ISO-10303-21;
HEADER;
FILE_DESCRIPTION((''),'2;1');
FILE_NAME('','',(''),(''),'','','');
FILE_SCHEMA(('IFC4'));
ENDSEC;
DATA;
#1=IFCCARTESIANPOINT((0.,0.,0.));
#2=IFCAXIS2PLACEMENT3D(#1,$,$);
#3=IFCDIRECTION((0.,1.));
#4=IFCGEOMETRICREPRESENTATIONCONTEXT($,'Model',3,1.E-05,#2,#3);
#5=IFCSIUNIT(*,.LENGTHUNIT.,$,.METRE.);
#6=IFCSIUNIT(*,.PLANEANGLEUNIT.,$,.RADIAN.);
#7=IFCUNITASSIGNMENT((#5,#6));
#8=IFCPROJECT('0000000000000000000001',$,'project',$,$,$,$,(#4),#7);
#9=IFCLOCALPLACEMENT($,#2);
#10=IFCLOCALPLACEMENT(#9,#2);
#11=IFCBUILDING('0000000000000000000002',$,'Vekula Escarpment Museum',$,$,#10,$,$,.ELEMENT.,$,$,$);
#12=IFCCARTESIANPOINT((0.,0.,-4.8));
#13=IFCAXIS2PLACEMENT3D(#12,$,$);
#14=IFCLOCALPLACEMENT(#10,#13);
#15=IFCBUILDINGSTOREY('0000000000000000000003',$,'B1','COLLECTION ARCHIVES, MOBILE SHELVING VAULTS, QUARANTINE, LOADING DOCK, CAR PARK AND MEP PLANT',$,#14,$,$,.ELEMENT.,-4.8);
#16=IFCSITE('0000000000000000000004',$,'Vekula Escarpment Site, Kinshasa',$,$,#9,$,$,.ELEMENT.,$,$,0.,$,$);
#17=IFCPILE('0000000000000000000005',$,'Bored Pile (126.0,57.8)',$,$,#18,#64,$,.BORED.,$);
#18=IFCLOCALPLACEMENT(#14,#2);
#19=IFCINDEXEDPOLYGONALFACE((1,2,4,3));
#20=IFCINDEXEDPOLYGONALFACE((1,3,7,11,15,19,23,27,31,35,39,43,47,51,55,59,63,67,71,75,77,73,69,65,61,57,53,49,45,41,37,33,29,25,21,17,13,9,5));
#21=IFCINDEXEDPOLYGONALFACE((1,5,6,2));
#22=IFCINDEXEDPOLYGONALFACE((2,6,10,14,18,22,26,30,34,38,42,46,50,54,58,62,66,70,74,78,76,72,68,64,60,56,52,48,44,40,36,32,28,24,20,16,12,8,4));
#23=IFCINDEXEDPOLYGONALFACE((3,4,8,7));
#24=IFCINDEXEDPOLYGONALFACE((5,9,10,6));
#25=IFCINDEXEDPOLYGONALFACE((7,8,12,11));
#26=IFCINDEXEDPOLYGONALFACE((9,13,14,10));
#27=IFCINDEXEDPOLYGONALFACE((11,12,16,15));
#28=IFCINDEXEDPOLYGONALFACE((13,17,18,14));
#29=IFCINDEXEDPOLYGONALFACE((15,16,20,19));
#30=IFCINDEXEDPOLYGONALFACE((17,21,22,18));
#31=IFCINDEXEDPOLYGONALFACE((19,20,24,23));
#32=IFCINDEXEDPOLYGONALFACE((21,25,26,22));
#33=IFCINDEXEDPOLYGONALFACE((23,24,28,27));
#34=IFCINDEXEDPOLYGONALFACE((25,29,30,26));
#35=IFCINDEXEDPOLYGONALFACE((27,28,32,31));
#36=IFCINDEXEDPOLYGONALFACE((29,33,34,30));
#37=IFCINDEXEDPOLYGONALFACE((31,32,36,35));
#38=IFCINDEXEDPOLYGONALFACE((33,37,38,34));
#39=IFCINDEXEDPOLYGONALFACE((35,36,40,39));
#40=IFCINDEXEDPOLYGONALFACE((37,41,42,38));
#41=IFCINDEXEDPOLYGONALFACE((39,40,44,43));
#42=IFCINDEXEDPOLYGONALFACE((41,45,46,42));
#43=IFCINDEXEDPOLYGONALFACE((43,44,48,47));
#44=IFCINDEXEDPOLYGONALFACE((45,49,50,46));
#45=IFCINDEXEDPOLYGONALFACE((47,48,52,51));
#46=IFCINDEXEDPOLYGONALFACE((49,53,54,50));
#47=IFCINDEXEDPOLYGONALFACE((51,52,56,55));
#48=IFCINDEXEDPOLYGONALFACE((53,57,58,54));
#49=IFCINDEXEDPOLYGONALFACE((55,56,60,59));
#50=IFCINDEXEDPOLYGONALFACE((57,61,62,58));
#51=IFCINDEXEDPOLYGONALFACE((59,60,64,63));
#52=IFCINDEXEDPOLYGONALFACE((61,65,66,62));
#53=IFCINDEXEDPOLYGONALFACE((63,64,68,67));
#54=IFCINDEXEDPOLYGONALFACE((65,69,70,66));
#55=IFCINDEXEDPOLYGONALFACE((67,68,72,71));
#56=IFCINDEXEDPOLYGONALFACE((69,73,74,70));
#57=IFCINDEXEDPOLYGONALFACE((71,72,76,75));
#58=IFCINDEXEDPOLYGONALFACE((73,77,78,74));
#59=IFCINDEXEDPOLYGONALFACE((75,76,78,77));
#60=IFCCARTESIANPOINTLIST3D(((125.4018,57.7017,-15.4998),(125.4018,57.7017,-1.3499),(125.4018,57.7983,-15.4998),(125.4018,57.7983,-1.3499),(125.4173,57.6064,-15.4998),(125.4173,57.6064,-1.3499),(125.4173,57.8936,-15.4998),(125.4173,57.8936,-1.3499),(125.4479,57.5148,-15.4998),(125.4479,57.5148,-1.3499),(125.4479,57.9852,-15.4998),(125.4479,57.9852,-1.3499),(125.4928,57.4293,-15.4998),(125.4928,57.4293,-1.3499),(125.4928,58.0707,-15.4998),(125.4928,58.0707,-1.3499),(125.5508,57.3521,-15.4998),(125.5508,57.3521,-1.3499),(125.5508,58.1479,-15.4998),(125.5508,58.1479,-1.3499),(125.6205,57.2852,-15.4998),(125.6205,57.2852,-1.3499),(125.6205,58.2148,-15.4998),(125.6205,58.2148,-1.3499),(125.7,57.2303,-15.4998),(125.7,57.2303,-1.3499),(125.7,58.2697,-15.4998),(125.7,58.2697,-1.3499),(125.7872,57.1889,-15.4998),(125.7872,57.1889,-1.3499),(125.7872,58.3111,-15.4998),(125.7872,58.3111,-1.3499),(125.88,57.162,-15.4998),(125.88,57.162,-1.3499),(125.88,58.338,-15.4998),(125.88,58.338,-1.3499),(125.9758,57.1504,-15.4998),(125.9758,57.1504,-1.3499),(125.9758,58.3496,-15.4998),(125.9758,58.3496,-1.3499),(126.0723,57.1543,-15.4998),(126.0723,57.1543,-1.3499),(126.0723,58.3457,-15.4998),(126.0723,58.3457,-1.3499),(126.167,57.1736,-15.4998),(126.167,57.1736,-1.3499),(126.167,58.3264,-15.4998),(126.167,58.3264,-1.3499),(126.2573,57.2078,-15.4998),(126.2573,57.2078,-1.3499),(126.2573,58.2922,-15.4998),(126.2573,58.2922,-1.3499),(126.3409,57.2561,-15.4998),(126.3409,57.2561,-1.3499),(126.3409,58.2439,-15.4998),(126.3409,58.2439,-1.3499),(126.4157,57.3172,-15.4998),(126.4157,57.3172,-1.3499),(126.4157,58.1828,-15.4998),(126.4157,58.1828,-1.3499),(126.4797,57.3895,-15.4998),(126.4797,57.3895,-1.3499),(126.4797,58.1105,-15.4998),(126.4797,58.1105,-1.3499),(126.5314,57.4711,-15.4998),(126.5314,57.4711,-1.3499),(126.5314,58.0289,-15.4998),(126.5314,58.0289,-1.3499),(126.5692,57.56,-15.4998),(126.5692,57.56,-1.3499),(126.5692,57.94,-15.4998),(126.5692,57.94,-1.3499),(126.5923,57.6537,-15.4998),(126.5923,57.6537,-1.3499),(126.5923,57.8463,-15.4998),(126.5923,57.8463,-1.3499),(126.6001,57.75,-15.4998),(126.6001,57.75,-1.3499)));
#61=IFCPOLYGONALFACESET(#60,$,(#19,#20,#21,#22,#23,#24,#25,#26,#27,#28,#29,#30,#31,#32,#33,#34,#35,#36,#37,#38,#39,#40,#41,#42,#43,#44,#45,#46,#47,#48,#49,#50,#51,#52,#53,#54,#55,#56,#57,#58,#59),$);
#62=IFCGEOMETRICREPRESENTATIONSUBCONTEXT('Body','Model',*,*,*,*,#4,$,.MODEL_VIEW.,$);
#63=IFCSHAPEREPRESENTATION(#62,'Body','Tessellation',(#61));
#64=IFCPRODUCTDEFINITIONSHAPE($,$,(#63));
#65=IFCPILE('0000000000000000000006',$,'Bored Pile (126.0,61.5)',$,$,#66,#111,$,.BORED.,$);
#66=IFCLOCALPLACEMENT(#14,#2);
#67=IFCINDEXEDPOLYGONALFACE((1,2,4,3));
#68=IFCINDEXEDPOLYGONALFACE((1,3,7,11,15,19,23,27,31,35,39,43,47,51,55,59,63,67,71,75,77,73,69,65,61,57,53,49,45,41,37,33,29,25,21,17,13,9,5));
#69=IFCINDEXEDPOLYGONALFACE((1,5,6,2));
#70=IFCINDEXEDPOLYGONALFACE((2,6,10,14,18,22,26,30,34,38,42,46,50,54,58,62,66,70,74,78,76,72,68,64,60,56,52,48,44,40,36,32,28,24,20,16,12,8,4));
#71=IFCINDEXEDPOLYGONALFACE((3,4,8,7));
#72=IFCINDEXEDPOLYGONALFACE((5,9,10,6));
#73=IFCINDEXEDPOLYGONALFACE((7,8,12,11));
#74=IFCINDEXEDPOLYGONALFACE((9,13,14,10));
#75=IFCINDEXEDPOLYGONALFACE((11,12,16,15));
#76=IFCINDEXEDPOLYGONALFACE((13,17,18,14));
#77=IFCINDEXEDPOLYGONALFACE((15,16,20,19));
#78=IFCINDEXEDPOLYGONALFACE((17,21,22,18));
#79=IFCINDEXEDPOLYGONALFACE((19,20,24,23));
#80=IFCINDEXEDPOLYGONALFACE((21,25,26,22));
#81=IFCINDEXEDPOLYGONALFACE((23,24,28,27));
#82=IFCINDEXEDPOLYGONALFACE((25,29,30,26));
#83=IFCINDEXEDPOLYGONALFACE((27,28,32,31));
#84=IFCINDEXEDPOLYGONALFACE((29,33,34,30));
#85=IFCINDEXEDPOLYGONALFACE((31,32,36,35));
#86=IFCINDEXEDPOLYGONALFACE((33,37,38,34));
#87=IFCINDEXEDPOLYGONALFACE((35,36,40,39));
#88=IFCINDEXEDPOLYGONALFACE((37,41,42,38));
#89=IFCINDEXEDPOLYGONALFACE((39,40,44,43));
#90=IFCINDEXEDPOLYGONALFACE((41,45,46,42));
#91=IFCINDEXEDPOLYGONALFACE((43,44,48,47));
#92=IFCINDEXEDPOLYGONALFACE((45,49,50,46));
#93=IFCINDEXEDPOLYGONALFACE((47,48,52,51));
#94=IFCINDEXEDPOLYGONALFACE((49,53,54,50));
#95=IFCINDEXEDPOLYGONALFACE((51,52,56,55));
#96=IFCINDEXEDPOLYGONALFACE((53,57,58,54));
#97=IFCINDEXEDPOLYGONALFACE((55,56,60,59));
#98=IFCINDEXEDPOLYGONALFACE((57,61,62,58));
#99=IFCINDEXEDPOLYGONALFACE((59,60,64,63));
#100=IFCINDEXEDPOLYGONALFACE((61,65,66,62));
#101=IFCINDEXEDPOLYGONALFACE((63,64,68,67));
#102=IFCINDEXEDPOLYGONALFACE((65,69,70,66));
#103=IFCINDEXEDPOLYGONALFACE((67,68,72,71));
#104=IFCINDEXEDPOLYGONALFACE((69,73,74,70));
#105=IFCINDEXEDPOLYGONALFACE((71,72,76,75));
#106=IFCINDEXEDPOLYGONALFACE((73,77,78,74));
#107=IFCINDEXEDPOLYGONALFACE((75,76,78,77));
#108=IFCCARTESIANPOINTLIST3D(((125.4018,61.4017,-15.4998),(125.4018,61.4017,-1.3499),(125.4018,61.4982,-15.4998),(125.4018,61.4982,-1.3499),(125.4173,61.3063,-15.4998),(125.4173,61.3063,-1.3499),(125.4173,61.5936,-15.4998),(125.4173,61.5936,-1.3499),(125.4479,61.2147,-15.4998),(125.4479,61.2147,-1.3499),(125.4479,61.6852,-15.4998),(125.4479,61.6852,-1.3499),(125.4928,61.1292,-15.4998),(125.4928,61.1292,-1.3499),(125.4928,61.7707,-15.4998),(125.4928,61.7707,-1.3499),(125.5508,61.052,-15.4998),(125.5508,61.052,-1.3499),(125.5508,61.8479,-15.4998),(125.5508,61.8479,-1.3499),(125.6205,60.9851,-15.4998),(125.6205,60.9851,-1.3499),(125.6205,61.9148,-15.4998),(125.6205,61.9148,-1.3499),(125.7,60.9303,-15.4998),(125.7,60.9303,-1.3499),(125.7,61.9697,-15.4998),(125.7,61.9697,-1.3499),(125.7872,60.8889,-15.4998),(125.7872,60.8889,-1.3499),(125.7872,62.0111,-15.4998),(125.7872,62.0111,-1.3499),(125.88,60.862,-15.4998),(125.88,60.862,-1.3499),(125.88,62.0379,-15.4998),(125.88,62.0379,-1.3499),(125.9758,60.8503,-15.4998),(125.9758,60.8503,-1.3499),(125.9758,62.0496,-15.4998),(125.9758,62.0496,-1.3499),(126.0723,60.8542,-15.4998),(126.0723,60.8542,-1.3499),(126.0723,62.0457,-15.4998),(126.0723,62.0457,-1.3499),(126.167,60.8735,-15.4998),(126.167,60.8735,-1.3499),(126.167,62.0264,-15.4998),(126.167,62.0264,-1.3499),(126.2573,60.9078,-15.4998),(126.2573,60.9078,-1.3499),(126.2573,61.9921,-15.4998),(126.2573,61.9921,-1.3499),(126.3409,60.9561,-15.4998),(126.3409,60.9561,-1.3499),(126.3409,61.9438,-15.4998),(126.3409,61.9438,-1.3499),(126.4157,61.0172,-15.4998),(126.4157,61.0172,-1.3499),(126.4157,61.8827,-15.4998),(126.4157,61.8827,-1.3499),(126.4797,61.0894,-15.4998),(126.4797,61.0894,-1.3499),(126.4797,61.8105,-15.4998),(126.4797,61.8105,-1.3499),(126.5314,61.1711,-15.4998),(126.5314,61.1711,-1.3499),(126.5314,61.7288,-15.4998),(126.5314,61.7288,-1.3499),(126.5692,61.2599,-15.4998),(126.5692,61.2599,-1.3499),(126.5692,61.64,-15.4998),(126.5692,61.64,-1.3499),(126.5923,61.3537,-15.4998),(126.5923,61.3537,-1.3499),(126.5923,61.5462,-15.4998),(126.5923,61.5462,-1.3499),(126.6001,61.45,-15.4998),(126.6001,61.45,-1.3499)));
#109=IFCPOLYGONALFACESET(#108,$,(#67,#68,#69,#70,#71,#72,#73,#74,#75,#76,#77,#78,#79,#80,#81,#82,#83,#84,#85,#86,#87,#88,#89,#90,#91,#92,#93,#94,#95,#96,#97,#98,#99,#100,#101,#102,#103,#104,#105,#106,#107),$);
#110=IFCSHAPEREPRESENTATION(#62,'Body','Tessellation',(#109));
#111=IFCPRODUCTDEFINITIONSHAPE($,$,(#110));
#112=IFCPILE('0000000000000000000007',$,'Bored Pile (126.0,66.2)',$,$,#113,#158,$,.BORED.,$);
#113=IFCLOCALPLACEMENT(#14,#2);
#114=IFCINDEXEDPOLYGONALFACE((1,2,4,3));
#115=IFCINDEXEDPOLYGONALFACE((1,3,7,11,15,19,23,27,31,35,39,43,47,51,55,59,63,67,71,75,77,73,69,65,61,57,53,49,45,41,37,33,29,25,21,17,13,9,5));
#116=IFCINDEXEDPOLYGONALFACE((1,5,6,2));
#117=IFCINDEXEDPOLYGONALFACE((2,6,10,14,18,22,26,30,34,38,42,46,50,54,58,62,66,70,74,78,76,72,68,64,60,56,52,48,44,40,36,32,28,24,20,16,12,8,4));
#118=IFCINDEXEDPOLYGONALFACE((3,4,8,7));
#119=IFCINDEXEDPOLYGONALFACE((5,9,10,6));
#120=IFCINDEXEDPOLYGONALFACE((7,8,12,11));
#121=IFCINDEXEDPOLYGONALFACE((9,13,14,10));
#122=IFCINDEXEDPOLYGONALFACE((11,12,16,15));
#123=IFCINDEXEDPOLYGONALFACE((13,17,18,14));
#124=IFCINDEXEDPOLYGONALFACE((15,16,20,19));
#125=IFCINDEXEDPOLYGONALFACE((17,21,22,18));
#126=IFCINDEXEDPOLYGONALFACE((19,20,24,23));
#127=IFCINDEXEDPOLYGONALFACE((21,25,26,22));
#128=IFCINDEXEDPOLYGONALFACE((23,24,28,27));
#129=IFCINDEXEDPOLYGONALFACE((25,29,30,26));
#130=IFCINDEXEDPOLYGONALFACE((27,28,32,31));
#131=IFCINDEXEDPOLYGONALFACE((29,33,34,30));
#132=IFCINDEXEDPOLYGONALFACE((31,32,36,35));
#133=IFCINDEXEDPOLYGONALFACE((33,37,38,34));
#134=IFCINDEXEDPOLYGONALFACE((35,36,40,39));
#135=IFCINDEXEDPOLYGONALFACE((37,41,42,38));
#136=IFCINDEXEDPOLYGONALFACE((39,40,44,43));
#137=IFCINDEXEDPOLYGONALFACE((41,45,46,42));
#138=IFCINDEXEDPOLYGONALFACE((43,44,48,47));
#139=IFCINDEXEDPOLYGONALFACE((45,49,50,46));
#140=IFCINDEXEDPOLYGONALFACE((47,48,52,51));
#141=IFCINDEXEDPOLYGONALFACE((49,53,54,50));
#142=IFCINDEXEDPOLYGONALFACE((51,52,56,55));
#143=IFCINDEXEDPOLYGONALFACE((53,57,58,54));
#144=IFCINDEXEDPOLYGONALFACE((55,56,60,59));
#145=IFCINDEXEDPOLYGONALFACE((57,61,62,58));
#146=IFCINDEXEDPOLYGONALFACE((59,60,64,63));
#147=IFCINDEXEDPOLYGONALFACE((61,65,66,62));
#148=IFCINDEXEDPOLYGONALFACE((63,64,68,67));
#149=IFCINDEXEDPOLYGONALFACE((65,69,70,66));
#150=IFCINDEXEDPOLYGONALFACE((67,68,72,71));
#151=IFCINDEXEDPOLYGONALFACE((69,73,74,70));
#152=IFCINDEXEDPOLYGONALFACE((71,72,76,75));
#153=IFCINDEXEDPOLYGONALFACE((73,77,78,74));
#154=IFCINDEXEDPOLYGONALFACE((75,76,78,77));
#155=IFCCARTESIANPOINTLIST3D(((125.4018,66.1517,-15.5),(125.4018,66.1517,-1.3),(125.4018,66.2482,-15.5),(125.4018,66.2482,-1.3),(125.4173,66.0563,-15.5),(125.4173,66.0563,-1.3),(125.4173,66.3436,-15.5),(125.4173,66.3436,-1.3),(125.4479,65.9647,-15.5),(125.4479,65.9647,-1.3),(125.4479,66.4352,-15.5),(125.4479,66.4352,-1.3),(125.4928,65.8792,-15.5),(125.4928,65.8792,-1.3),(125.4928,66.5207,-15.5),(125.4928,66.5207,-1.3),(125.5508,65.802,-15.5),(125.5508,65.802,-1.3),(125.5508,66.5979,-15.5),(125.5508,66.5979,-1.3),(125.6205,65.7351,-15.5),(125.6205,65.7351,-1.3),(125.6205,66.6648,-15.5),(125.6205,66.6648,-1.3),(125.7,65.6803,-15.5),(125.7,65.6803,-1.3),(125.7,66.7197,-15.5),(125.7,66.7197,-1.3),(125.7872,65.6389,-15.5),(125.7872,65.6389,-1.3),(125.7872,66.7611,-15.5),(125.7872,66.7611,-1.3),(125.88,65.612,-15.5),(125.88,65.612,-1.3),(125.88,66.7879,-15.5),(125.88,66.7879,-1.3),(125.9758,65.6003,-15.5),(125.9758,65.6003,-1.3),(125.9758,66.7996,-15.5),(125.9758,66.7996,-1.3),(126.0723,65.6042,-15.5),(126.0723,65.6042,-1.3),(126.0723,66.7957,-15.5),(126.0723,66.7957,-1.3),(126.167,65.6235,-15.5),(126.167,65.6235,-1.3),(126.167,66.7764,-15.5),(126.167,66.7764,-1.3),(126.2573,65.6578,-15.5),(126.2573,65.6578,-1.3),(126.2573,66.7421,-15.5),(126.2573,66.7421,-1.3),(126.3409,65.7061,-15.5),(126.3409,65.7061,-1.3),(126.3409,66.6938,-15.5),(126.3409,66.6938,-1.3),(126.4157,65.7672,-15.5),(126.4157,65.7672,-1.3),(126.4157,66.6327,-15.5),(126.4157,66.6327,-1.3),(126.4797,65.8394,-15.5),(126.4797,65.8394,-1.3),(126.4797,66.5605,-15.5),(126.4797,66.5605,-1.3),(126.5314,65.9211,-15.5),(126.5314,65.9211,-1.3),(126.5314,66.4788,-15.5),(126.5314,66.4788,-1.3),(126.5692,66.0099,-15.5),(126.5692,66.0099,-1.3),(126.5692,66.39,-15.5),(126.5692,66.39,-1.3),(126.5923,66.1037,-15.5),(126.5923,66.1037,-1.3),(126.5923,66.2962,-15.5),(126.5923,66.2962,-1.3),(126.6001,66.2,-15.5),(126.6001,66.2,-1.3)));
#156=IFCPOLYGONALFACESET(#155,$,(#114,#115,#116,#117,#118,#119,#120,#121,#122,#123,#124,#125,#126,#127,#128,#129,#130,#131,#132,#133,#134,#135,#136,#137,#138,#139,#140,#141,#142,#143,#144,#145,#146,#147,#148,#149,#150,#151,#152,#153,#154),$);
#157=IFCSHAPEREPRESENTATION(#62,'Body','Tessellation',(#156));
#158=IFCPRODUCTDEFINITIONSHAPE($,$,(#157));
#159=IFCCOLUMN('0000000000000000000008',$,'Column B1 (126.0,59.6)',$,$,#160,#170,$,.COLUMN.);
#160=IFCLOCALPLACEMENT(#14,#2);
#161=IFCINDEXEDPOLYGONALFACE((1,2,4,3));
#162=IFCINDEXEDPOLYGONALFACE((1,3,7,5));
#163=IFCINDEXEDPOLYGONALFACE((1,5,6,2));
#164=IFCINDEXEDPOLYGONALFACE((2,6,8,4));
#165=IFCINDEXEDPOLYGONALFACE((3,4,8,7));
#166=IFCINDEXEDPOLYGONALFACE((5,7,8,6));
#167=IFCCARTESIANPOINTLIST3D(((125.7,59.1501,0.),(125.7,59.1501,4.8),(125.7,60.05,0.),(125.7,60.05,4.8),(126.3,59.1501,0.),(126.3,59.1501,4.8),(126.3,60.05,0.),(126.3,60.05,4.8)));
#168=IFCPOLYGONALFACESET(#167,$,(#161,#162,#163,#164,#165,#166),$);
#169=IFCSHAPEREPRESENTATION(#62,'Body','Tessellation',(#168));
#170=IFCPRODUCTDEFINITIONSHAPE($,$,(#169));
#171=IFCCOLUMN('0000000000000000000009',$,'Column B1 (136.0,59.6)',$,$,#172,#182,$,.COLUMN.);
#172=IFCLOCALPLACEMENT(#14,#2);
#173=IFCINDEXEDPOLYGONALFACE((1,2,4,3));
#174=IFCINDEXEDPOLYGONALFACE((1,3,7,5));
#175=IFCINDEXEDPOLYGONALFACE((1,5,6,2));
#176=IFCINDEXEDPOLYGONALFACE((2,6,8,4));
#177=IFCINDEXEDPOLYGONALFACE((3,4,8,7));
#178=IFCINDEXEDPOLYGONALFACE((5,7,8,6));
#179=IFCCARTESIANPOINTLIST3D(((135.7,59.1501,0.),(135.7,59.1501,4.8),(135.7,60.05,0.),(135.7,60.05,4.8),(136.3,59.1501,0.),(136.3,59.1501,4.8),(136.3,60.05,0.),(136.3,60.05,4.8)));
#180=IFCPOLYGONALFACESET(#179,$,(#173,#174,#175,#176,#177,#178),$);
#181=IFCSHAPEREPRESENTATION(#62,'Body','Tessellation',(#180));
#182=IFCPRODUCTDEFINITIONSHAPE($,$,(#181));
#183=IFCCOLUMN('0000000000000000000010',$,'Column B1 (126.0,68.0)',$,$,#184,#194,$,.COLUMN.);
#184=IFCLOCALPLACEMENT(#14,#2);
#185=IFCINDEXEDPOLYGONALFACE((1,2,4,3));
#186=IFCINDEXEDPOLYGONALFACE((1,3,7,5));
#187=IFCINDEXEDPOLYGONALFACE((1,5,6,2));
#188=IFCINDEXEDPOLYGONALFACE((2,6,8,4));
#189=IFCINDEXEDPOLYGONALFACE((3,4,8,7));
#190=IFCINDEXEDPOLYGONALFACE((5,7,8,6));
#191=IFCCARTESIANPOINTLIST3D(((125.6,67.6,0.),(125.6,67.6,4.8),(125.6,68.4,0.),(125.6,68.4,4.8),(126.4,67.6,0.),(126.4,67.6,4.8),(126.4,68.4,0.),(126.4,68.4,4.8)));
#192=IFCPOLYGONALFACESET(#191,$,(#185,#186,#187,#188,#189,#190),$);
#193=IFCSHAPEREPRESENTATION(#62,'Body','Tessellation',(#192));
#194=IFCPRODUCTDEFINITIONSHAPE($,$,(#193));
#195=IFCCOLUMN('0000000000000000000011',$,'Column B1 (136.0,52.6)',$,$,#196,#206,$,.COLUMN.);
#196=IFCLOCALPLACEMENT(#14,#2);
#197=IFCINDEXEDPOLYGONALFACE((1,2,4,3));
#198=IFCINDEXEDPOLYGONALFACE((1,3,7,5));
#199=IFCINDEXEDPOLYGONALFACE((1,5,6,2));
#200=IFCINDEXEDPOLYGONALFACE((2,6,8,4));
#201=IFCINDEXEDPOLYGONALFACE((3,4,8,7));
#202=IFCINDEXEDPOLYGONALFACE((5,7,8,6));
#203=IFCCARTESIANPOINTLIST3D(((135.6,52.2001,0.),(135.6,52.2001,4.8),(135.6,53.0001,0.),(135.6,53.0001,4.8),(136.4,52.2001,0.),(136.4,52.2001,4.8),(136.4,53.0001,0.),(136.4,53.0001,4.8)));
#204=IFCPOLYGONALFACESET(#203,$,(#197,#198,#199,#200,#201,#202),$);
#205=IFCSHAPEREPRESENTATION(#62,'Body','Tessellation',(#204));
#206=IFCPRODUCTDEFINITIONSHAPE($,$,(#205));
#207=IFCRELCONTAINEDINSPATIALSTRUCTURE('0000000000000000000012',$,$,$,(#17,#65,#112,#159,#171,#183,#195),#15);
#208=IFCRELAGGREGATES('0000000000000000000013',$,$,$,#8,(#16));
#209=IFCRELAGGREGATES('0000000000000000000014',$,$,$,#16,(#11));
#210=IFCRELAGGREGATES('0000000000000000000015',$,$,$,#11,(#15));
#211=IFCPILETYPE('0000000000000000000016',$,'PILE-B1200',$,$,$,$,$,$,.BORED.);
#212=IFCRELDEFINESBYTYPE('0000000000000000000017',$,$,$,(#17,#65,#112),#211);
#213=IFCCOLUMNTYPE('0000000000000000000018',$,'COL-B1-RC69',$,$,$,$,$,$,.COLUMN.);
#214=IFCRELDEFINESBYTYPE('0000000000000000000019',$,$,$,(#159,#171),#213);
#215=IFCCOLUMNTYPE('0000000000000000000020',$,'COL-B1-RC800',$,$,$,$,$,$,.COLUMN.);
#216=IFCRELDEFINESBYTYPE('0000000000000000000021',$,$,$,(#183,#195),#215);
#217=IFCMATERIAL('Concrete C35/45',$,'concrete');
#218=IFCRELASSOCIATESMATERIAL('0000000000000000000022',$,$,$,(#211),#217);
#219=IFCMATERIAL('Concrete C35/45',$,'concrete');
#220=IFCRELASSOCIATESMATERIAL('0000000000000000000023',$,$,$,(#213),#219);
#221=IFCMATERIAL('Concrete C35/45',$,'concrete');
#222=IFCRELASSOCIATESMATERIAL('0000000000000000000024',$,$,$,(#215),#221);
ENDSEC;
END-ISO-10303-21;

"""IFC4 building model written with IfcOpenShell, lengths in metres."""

from ifc_helpers import new_model, si_unit, direction, frame, origin, origin_2d, place, context, subcontext, project, spatial, rectangle, circle, extrude, material, material_profile, profile_set, type_object, element, save


model = new_model("IFC4")

# Units and contexts
model_context = context("Model", 3, precision=1e-05, world=origin(), true_north=direction((0.0, 1.0)))
body_context = subcontext(model_context, "Body", "Model", "MODEL_VIEW")
ifc_project = project(units=[si_unit("LENGTHUNIT", "METRE"), si_unit("PLANEANGLEUNIT", "RADIAN")], contexts=[model_context])

# Site, building, storey
site_placement = place(None, origin())
site = spatial("IfcSite", under=ifc_project, at=site_placement, Name="Vekula Escarpment Site, Kinshasa", CompositionType="ELEMENT", RefElevation=0.0)
building_placement = place(site_placement, origin())
building = spatial("IfcBuilding", under=site, at=building_placement, Name="Vekula Escarpment Museum", CompositionType="ELEMENT")
storey_placement = place(building_placement, frame((0.0, 0.0, -4.8)))
storey = spatial("IfcBuildingStorey", under=building, at=storey_placement, Name="B1", Description="COLLECTION ARCHIVES, MOBILE SHELVING VAULTS, QUARANTINE, LOADING DOCK, CAR PARK AND MEP PLANT", CompositionType="ELEMENT", Elevation=-4.8)

# Piles
ifc_material_1 = material(Name="Concrete C35/45", Category="concrete")
ifc_material_profile_1 = material_profile(ifc_material_1, circle(Radius=0.6001, at=origin_2d()), Name="BORED PILE 1200")
ifc_profile_set_1 = profile_set([ifc_material_profile_1], Name="Concrete C35/45")
pile_type = type_object("IfcPileType", Name="PILE-B1200", PredefinedType="BORED", material=ifc_profile_set_1)
for number, where, z_axis, x_axis, name in (
    (1, (126.0, 57.75, -1.3499), (0.0, 0.0, -1.0), (1.0, 0.0, 0.0), "Bored Pile (126.0,57.8)"),
    (2, (126.0, 61.45, -1.3499), (0.0, 0.0, -1.0), (1.0, 0.0, 0.0), "Bored Pile (126.0,61.5)"),
):
    element("IfcPile", number, at=place(storey_placement, frame(where, z_axis=z_axis, x_axis=x_axis)), inside=storey, type_object=pile_type, Name=name, PredefinedType="BORED", context=body_context, shape_type="SweptSolid", body=[
        extrude(circle(Radius=0.6001, at=origin_2d()), origin(), (0.0, 0.0, 1.0), 14.1499),
    ])
pile_1_placement = place(storey_placement, frame((126.0, 66.2, -1.3), z_axis=(0.0, 0.0, -1.0), x_axis=(1.0, 0.0, 0.0)))
element("IfcPile", 3, at=pile_1_placement, inside=storey, type_object=pile_type, Name="Bored Pile (126.0,66.2)", PredefinedType="BORED", context=body_context, shape_type="SweptSolid", body=[
    extrude(circle(Radius=0.6001, at=origin_2d()), origin(), (0.0, 0.0, 1.0), 14.2),
])

# Columns
ifc_material_2 = material(Name="Concrete C35/45", Category="concrete")
ifc_material_profile_2 = material_profile(ifc_material_2, rectangle(XDim=0.6001, YDim=0.8999, at=origin_2d()), Name="RC 600x900")
ifc_profile_set_2 = profile_set([ifc_material_profile_2], Name="Concrete C35/45")
column_type_1 = type_object("IfcColumnType", Name="COL-B1-RC69", PredefinedType="COLUMN", material=ifc_profile_set_2)
for number, where, z_axis, x_axis, name in (
    (4, (126.0, 59.6001, 0.0), (0.0, 0.0, 1.0), (1.0, 0.0, 0.0), "Column B1 (126.0,59.6)"),
    (5, (136.0, 59.6001, 0.0), (0.0, 0.0, 1.0), (1.0, 0.0, 0.0), "Column B1 (136.0,59.6)"),
):
    element("IfcColumn", number, at=place(storey_placement, frame(where, z_axis=z_axis, x_axis=x_axis)), inside=storey, type_object=column_type_1, Name=name, PredefinedType="COLUMN", context=body_context, shape_type="SweptSolid", body=[
        extrude(rectangle(XDim=0.6001, YDim=0.8999, at=origin_2d()), origin(), (0.0, 0.0, 1.0), 4.8),
    ])
ifc_material_3 = material(Name="Concrete C35/45", Category="concrete")
ifc_material_profile_3 = material_profile(ifc_material_3, rectangle(XDim=0.8, YDim=0.8, at=origin_2d()), Name="RC 800x800")
ifc_profile_set_3 = profile_set([ifc_material_profile_3], Name="Concrete C35/45")
column_type_2 = type_object("IfcColumnType", Name="COL-B1-RC800", PredefinedType="COLUMN", material=ifc_profile_set_3)
for number, where, z_axis, x_axis, name in (
    (6, (126.0, 68.0, 0.0), (0.0, 0.0, 1.0), (1.0, 0.0, 0.0), "Column B1 (126.0,68.0)"),
    (7, (136.0, 52.6001, 0.0), (0.0, 0.0, 1.0), (1.0, 0.0, 0.0), "Column B1 (136.0,52.6)"),
):
    element("IfcColumn", number, at=place(storey_placement, frame(where, z_axis=z_axis, x_axis=x_axis)), inside=storey, type_object=column_type_2, Name=name, PredefinedType="COLUMN", context=body_context, shape_type="SweptSolid", body=[
        extrude(rectangle(XDim=0.8, YDim=0.8, at=origin_2d()), origin(), (0.0, 0.0, 1.0), 4.8),
    ])

save(model, "model.ifc")
